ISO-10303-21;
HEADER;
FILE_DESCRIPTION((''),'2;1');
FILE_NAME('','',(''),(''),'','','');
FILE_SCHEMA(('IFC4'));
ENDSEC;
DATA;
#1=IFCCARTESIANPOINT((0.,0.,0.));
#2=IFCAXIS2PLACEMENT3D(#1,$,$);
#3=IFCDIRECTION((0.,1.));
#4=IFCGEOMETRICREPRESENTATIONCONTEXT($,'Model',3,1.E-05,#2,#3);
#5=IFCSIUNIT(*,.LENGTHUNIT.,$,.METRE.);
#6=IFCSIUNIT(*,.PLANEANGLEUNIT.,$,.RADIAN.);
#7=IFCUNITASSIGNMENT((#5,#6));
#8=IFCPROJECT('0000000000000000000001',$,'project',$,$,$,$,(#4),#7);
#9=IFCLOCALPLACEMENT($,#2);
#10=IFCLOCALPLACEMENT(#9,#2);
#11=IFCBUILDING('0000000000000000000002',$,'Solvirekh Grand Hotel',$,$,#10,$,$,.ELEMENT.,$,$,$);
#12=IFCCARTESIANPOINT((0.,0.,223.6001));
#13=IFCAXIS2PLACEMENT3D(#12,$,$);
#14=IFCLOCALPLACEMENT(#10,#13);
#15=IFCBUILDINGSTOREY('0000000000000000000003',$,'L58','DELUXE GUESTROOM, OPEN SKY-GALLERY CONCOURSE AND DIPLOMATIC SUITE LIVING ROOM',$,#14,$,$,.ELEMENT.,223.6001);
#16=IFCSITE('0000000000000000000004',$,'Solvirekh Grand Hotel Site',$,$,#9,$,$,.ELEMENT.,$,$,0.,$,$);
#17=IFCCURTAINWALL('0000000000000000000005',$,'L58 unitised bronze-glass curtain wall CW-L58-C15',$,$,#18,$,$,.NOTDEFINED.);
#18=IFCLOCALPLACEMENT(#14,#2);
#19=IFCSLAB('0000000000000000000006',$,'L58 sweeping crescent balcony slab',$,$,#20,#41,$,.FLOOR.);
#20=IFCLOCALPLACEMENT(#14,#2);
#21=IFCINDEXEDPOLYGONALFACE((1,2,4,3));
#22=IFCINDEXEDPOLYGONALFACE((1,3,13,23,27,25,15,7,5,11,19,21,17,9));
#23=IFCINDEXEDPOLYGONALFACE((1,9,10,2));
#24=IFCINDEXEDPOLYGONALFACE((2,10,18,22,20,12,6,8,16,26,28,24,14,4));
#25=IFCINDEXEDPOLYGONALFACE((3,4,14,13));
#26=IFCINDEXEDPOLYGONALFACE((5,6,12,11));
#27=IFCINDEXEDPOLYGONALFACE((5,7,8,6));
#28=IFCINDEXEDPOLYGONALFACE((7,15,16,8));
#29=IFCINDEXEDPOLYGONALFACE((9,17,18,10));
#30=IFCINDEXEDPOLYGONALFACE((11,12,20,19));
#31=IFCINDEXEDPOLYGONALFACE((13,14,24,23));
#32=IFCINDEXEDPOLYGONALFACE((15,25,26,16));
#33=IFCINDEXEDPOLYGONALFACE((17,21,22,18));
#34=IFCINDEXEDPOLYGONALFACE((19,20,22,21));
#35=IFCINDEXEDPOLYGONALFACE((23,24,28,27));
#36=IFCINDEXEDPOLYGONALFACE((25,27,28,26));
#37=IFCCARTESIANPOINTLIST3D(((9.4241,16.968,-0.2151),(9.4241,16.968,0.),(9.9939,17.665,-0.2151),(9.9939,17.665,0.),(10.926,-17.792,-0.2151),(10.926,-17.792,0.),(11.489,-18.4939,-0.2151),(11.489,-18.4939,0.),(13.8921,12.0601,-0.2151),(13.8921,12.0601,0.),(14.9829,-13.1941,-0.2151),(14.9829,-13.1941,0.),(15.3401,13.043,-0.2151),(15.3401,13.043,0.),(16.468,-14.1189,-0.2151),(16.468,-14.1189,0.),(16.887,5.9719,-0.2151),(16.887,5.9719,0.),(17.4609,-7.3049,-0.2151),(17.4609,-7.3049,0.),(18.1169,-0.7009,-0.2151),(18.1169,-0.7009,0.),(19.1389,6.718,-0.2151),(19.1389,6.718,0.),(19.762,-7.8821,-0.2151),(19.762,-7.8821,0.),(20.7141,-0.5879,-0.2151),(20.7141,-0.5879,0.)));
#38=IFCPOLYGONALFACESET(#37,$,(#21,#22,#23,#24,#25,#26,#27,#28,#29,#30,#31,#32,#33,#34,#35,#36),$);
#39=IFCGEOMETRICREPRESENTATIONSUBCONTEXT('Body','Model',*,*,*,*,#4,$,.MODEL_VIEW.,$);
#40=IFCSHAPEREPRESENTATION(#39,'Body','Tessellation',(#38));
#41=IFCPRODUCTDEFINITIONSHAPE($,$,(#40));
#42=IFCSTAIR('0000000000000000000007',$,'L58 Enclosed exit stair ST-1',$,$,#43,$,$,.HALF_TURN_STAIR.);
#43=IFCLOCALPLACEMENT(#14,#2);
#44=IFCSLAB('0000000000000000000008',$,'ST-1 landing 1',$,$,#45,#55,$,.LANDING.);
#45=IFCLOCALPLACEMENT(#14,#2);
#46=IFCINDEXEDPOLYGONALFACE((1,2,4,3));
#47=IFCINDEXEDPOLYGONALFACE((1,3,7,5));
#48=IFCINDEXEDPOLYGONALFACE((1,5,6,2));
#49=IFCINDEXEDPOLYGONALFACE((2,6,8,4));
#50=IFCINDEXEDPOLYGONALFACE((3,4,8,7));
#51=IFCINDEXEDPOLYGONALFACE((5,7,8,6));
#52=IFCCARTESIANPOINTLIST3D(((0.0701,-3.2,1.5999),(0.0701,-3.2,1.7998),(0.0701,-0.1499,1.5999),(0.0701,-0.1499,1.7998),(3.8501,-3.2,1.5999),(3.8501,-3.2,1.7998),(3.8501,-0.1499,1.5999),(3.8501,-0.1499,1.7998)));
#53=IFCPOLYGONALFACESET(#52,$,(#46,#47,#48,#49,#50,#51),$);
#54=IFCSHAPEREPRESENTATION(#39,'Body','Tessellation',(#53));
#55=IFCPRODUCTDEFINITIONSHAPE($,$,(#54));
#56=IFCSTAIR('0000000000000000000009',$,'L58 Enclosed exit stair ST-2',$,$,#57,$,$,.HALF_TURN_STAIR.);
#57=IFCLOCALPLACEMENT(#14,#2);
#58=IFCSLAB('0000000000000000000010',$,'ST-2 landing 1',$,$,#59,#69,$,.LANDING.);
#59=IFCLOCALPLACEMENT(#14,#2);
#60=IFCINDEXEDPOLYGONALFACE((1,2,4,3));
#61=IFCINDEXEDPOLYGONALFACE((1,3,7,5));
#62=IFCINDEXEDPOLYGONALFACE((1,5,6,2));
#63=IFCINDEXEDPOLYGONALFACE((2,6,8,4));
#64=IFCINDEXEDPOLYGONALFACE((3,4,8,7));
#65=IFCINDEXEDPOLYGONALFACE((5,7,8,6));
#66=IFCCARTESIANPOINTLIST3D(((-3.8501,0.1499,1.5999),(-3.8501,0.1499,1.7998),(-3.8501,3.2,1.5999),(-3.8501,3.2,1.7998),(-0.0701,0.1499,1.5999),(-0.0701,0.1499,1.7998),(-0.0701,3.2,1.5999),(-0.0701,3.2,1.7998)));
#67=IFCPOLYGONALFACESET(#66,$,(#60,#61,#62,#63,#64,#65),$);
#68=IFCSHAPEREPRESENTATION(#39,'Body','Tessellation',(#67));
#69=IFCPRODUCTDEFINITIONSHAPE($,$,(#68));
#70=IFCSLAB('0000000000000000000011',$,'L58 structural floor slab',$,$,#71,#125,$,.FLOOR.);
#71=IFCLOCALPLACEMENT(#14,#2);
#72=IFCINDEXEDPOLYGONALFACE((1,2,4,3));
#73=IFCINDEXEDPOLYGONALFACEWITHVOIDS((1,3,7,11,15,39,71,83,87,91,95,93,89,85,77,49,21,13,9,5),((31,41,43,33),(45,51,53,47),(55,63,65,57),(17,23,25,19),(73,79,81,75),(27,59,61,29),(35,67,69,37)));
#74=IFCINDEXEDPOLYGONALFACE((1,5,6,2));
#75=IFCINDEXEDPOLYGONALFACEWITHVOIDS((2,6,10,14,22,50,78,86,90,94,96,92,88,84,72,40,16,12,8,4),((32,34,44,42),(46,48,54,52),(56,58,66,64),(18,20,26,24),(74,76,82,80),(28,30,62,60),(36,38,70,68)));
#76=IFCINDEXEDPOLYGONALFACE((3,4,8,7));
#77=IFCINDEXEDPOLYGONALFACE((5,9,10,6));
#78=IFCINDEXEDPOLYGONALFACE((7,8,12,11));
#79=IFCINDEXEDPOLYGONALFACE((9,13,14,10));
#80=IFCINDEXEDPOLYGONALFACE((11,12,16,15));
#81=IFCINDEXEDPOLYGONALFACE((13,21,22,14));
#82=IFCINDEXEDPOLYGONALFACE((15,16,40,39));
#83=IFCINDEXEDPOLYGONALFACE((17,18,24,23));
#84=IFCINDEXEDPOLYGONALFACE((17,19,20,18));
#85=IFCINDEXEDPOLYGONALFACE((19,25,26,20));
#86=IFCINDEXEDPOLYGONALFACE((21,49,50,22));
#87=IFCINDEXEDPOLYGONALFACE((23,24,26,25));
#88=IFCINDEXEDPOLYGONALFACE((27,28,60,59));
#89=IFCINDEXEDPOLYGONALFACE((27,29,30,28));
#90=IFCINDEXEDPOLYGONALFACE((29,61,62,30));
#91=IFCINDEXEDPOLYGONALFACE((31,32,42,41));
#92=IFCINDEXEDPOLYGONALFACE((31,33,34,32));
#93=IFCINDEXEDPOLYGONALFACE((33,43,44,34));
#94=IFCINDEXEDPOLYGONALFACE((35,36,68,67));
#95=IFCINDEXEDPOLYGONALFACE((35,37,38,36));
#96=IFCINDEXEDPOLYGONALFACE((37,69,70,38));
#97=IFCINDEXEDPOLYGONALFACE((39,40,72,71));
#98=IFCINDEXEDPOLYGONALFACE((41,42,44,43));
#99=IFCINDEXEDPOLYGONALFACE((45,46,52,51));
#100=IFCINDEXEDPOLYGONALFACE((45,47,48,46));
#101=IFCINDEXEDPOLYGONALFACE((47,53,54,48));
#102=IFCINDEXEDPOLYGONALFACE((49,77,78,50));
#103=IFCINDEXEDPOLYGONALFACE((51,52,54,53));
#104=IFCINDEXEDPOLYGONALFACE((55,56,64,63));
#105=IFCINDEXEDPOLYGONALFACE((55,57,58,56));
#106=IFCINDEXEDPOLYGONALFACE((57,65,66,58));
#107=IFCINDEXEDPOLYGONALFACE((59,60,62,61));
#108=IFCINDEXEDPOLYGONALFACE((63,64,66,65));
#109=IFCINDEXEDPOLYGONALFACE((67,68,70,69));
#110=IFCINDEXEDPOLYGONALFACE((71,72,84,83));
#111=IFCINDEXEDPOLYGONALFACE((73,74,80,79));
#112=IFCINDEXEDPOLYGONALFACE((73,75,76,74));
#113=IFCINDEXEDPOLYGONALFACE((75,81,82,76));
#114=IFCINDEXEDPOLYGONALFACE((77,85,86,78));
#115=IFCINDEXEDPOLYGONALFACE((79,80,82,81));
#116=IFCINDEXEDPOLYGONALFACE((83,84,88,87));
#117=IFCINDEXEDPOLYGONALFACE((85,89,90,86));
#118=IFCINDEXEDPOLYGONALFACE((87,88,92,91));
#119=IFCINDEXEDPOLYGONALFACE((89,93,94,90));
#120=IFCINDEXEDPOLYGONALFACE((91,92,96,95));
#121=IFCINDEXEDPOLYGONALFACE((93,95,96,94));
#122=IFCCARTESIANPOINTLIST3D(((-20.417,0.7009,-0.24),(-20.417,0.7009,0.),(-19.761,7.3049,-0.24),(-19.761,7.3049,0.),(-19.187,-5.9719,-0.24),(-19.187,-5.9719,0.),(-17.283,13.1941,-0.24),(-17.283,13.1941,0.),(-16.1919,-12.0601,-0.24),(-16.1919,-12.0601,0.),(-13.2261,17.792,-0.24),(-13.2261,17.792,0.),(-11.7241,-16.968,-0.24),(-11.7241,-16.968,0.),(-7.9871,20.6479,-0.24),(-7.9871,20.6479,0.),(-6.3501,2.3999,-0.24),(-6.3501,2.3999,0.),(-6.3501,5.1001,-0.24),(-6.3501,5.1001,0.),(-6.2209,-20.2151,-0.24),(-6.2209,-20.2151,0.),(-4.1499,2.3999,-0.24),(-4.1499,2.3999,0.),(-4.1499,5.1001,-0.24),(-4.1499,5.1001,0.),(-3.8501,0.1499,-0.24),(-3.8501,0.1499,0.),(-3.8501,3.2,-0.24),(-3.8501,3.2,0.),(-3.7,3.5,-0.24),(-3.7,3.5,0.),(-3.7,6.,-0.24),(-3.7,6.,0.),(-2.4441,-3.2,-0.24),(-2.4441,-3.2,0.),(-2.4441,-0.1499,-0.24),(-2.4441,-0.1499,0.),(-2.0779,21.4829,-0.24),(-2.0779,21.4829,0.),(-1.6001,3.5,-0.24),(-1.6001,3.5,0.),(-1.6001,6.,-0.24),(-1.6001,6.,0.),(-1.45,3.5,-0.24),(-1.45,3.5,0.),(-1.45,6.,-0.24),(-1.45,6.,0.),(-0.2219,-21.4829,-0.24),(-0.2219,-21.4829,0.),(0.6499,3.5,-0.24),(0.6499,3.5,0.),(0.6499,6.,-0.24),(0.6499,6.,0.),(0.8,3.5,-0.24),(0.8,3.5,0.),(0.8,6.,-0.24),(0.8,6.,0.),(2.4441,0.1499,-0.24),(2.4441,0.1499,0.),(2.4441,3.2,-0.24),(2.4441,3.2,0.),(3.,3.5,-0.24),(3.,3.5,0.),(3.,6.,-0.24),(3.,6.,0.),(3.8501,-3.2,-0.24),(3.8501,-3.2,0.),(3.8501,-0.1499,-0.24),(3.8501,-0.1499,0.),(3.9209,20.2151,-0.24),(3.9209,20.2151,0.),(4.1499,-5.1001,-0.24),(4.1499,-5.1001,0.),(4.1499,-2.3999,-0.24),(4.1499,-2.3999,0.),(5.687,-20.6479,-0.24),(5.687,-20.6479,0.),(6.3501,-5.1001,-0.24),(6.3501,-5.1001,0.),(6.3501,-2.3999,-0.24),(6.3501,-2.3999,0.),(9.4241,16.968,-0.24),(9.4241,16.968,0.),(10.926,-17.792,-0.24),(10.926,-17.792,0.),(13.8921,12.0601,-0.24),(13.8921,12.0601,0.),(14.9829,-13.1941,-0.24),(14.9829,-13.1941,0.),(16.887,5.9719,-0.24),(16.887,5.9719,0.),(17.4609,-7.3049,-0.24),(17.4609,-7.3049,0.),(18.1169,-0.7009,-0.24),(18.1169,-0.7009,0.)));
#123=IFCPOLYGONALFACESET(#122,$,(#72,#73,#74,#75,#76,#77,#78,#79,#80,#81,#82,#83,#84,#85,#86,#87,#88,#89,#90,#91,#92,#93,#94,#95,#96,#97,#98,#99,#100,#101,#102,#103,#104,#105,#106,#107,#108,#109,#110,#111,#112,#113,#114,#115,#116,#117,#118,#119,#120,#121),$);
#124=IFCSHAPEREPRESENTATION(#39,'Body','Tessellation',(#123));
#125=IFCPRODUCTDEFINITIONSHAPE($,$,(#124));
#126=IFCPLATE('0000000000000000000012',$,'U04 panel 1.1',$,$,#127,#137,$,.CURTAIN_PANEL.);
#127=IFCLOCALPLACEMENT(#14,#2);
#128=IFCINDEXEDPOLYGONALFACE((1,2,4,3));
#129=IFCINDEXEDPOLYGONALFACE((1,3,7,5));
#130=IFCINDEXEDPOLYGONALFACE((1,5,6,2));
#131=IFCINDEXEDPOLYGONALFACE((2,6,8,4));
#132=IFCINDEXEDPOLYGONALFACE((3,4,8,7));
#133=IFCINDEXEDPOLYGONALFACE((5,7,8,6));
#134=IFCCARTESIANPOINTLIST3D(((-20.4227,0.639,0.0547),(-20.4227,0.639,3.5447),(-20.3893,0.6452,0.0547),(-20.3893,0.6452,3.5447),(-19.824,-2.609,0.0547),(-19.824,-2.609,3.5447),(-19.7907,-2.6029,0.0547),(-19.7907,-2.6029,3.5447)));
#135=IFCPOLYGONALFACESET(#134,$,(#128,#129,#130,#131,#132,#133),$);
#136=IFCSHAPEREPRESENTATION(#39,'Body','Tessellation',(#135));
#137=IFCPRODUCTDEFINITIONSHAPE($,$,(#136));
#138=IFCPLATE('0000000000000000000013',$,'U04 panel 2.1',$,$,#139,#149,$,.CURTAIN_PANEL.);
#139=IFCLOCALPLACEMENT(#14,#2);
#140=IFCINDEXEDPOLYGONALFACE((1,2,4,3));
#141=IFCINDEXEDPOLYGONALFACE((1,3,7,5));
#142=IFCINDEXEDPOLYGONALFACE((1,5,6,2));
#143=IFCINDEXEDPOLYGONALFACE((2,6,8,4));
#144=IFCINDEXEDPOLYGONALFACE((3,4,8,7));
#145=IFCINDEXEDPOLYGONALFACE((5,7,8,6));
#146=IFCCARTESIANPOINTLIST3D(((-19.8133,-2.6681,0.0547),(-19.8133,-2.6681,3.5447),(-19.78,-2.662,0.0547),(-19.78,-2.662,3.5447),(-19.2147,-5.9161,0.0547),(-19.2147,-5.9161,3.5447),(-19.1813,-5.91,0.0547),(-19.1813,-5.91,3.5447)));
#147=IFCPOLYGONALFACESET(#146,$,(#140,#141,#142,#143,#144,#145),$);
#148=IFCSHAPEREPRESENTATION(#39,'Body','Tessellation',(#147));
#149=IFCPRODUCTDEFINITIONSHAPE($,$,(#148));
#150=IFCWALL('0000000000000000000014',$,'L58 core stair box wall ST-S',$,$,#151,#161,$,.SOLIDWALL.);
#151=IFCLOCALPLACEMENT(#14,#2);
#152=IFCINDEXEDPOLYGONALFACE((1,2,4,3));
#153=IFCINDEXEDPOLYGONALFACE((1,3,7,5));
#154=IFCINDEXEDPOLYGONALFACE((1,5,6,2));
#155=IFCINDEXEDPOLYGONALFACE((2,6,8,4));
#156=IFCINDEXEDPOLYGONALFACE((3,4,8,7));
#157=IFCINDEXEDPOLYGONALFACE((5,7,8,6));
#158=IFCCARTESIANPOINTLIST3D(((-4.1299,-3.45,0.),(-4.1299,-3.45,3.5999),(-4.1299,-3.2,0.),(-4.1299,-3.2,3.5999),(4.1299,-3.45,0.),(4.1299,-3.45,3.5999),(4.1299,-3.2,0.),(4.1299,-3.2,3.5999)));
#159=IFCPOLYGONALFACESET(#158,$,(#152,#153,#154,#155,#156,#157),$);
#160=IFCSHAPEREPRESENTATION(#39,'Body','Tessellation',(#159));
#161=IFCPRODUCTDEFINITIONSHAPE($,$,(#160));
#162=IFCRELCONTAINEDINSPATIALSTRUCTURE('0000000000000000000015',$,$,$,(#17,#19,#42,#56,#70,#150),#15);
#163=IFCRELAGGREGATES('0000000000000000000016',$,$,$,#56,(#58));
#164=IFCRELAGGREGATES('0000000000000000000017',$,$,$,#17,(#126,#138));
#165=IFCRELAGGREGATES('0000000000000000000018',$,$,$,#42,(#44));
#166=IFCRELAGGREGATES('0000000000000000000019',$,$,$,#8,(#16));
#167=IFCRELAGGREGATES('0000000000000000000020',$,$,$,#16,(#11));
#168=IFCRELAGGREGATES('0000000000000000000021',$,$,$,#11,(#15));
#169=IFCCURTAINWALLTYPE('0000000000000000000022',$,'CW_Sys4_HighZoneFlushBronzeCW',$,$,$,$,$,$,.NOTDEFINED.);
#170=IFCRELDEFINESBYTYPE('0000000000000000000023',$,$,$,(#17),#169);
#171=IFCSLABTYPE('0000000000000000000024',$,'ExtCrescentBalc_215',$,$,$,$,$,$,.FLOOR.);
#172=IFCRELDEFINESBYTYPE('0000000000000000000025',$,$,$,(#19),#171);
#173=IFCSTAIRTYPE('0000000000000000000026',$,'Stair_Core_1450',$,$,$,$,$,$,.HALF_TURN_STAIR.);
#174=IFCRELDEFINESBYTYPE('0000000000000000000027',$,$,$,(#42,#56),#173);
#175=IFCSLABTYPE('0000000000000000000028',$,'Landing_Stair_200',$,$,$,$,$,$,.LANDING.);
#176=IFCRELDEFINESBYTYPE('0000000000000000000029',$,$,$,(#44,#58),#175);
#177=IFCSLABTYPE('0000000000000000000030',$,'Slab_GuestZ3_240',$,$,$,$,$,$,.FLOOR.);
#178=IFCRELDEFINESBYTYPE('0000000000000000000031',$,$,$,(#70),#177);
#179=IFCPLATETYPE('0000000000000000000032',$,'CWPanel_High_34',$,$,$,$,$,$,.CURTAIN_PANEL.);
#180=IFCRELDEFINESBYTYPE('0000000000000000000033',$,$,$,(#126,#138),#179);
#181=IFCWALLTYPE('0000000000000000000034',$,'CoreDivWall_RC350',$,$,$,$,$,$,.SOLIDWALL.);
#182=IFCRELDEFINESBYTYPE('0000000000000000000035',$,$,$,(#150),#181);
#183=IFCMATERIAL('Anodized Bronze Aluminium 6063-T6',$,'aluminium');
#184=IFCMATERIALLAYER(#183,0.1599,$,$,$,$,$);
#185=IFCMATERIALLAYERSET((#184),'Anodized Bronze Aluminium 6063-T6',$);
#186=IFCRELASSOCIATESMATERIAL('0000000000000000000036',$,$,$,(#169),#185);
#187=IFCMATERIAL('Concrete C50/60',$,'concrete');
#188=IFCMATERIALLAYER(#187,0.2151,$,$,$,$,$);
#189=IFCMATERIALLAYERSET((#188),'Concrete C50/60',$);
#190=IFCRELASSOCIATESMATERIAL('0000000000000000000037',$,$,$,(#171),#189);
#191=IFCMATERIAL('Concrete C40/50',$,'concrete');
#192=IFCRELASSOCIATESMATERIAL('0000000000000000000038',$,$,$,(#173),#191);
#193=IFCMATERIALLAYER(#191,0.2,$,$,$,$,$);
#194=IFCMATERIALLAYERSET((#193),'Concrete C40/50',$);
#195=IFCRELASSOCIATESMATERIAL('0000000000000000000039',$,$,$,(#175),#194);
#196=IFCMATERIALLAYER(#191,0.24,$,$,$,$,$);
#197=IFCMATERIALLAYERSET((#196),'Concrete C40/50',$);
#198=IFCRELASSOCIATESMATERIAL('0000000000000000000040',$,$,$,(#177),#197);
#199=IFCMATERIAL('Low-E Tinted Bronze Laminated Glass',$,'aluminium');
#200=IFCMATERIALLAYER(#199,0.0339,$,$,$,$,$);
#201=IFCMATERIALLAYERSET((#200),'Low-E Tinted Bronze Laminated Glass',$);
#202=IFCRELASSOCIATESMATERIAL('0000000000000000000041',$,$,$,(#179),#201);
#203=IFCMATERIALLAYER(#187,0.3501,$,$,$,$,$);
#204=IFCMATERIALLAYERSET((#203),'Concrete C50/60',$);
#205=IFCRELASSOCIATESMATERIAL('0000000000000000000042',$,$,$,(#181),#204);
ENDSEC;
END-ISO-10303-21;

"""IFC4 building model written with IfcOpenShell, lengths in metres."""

from ifc_helpers import new_model, si_unit, direction, frame, frame_2d, origin, origin_2d, place, context, subcontext, project, spatial, polyline, rectangle, outline, extrude, source, transform, mapped, material, layer, layer_set, type_object, element, aggregate, save


model = new_model("IFC4")

# Units and contexts
model_context = context("Model", 3, precision=1e-05, world=origin(), true_north=direction((0.0, 1.0)))
body_context = subcontext(model_context, "Body", "Model", "MODEL_VIEW")
ifc_project = project(units=[si_unit("LENGTHUNIT", "METRE"), si_unit("PLANEANGLEUNIT", "RADIAN")], contexts=[model_context])

# Site, building, storey
site_placement = place(None, origin())
site = spatial("IfcSite", under=ifc_project, at=site_placement, Name="Solvirekh Grand Hotel Site", CompositionType="ELEMENT", RefElevation=0.0)
building_placement = place(site_placement, origin())
building = spatial("IfcBuilding", under=site, at=building_placement, Name="Solvirekh Grand Hotel", CompositionType="ELEMENT")
storey_placement = place(building_placement, frame((0.0, 0.0, 223.6001)))
storey = spatial("IfcBuildingStorey", under=building, at=storey_placement, Name="L58", Description="DELUXE GUESTROOM, OPEN SKY-GALLERY CONCOURSE AND DIPLOMATIC SUITE LIVING ROOM", CompositionType="ELEMENT", Elevation=223.6001)

# Shared definitions
ifc_material_1 = material(Name="Concrete C50/60", Category="concrete")

# Curtain wall
ifc_material_2 = material(Name="Anodized Bronze Aluminium 6063-T6", Category="aluminium")
ifc_layer_1 = layer(ifc_material_2, 0.1599)
ifc_layer_set_1 = layer_set([ifc_layer_1], Name="Anodized Bronze Aluminium 6063-T6")
curtain_wall_type = type_object("IfcCurtainWallType", Name="CW_Sys4_HighZoneFlushBronzeCW", PredefinedType="NOTDEFINED", material=ifc_layer_set_1)
curtain_wall_placement = place(storey_placement, origin())
curtain_wall = element("IfcCurtainWall", 1, at=curtain_wall_placement, inside=storey, type_object=curtain_wall_type, Name="L58 unitised bronze-glass curtain wall CW-L58-C15", PredefinedType="NOTDEFINED")

# Slab
ifc_layer_2 = layer(ifc_material_1, 0.2151)
ifc_layer_set_2 = layer_set([ifc_layer_2], Name="Concrete C50/60")
slab_type_1 = type_object("IfcSlabType", Name="ExtCrescentBalc_215", PredefinedType="FLOOR", material=ifc_layer_set_2)
slab_1_placement = place(storey_placement, frame((0.0, 0.0, -0.2151)))
element("IfcSlab", 2, at=slab_1_placement, inside=storey, type_object=slab_type_1, Name="L58 sweeping crescent balcony slab", PredefinedType="FLOOR", context=body_context, shape_type="SweptSolid", body=[
    extrude(outline(polyline([(11.489, -18.4939), (16.468, -14.1189), (19.762, -7.8821), (20.7141, -0.5879), (19.1389, 6.718), (15.3401, 13.043), (9.9939, 17.665), (9.4241, 16.968), (13.8921, 12.0601), (16.887, 5.9719), (18.1169, -0.7009), (17.4609, -7.3049), (14.9829, -13.1941), (10.926, -17.792), (11.489, -18.4939)])), origin(), (0.0, 0.0, 1.0), 0.2151),
])

# Stairs, slabs
ifc_material_3 = material(Name="Concrete C40/50", Category="concrete")
stair_type = type_object("IfcStairType", Name="Stair_Core_1450", PredefinedType="HALF_TURN_STAIR", material=ifc_material_3)
stair_1_placement = place(storey_placement, origin())
stair_1 = element("IfcStair", 3, at=stair_1_placement, inside=storey, type_object=stair_type, Name="L58 Enclosed exit stair ST-1", PredefinedType="HALF_TURN_STAIR")
ifc_layer_3 = layer(ifc_material_3, 0.2)
ifc_layer_set_3 = layer_set([ifc_layer_3], Name="Concrete C40/50")
slab_type_2 = type_object("IfcSlabType", Name="Landing_Stair_200", PredefinedType="LANDING", material=ifc_layer_set_3)
slab_2_placement = place(storey_placement, frame((0.0, 0.0, 1.5999)))
slab_2 = element("IfcSlab", 4, at=slab_2_placement, type_object=slab_type_2, Name="ST-1 landing 1", PredefinedType="LANDING", context=body_context, shape_type="SweptSolid", body=[
    extrude(outline(polyline([(0.0701, -3.2), (3.8501, -3.2), (3.8501, -0.1499), (0.0701, -0.1499), (0.0701, -3.2)])), origin(), (0.0, 0.0, 1.0), 0.2),
])
stair_2_placement = place(storey_placement, origin())
stair_2 = element("IfcStair", 5, at=stair_2_placement, inside=storey, type_object=stair_type, Name="L58 Enclosed exit stair ST-2", PredefinedType="HALF_TURN_STAIR")
slab_3_placement = place(storey_placement, frame((0.0, 0.0, 1.5999)))
slab_3 = element("IfcSlab", 6, at=slab_3_placement, type_object=slab_type_2, Name="ST-2 landing 1", PredefinedType="LANDING", context=body_context, shape_type="SweptSolid", body=[
    extrude(outline(polyline([(-0.0701, 3.2), (-3.8501, 3.2), (-3.8501, 0.1499), (-0.0701, 0.1499), (-0.0701, 3.2)])), origin(), (0.0, 0.0, 1.0), 0.2),
])
aggregate(stair_2, [slab_3])

# Slab
ifc_layer_4 = layer(ifc_material_3, 0.24)
ifc_layer_set_4 = layer_set([ifc_layer_4], Name="Concrete C40/50")
slab_type_3 = type_object("IfcSlabType", Name="Slab_GuestZ3_240", PredefinedType="FLOOR", material=ifc_layer_set_4)
slab_4_placement = place(storey_placement, frame((0.0, 0.0, -0.24)))
element("IfcSlab", 7, at=slab_4_placement, inside=storey, type_object=slab_type_3, Name="L58 structural floor slab", PredefinedType="FLOOR", context=body_context, shape_type="SweptSolid", body=[
    extrude(outline(polyline([(5.687, -20.6479), (10.926, -17.792), (14.9829, -13.1941), (17.4609, -7.3049), (18.1169, -0.7009), (16.887, 5.9719), (13.8921, 12.0601), (9.4241, 16.968), (3.9209, 20.2151), (-2.0779, 21.4829), (-7.9871, 20.6479), (-13.2261, 17.792), (-17.283, 13.1941), (-19.761, 7.3049), (-20.417, 0.7009), (-19.187, -5.9719), (-16.1919, -12.0601), (-11.7241, -16.968), (-6.2209, -20.2151), (-0.2219, -21.4829), (5.687, -20.6479)]), holes=[polyline([(-2.4441, -0.1499), (3.8501, -0.1499), (3.8501, -3.2), (-2.4441, -3.2), (-2.4441, -0.1499)]), polyline([(2.4441, 0.1499), (-3.8501, 0.1499), (-3.8501, 3.2), (2.4441, 3.2), (2.4441, 0.1499)]), polyline([(-3.7, 6.0), (-1.6001, 6.0), (-1.6001, 3.5), (-3.7, 3.5), (-3.7, 6.0)]), polyline([(-1.45, 6.0), (0.6499, 6.0), (0.6499, 3.5), (-1.45, 3.5), (-1.45, 6.0)]), polyline([(0.8, 6.0), (3.0, 6.0), (3.0, 3.5), (0.8, 3.5), (0.8, 6.0)]), polyline([(-6.3501, 5.1001), (-4.1499, 5.1001), (-4.1499, 2.3999), (-6.3501, 2.3999), (-6.3501, 5.1001)]), polyline([(4.1499, -2.3999), (6.3501, -2.3999), (6.3501, -5.1001), (4.1499, -5.1001), (4.1499, -2.3999)])]), origin(), (0.0, 0.0, 1.0), 0.24),
])

# Plates
ifc_material_4 = material(Name="Low-E Tinted Bronze Laminated Glass", Category="aluminium")
ifc_layer_5 = layer(ifc_material_4, 0.0339)
ifc_layer_set_5 = layer_set([ifc_layer_5], Name="Low-E Tinted Bronze Laminated Glass")
plate_type = type_object("IfcPlateType", Name="CWPanel_High_34", PredefinedType="CURTAIN_PANEL", material=ifc_layer_set_5)
shared_shape_1 = source(origin(), body_context, "Body", "SweptSolid", [
    extrude(rectangle(XDim=3.3027, YDim=0.0339, at=origin_2d()), origin(), (0.0, 0.0, 1.0), 3.49),
])
plate_1_placement = place(storey_placement, frame((-20.1067, -0.9819, 0.0547), z_axis=(0.0, 0.0, 1.0), x_axis=(0.181271, -0.983433, 0.0)))
plate_1 = element("IfcPlate", 8, at=plate_1_placement, type_object=plate_type, Name="U04 panel 1.1", PredefinedType="CURTAIN_PANEL", context=body_context, shape_type="MappedRepresentation", body=[
    mapped(shared_shape_1, transform((0.0, 0.0, 0.0), x_axis=(1.0, 0.0, 0.0), y_axis=(0.0, 1.0, 0.0), z_axis=(0.0, 0.0, 1.0), scale=1.0)),
])
plate_2_placement = place(storey_placement, frame((-19.4973, -4.2891, 0.0547), z_axis=(0.0, 0.0, 1.0), x_axis=(0.181271, -0.983433, 0.0)))
plate_2 = element("IfcPlate", 9, at=plate_2_placement, type_object=plate_type, Name="U04 panel 2.1", PredefinedType="CURTAIN_PANEL", context=body_context, shape_type="MappedRepresentation", body=[
    mapped(shared_shape_1, transform((0.0, 0.0, 0.0), x_axis=(1.0, 0.0, 0.0), y_axis=(0.0, 1.0, 0.0), z_axis=(0.0, 0.0, 1.0), scale=1.0)),
])
aggregate(curtain_wall, [plate_1, plate_2])

# Wall
ifc_layer_6 = layer(ifc_material_1, 0.3501)
ifc_layer_set_6 = layer_set([ifc_layer_6], Name="Concrete C50/60")
wall_type_1 = type_object("IfcWallType", Name="CoreDivWall_RC350", PredefinedType="SOLIDWALL", material=ifc_layer_set_6)
wall_1_placement = place(storey_placement, frame((-4.1299, -3.325, 0.0), z_axis=(0.0, 0.0, 1.0), x_axis=(1.0, 0.0, 0.0)))
element("IfcWall", 10, at=wall_1_placement, inside=storey, type_object=wall_type_1, Name="L58 core stair box wall ST-S", PredefinedType="SOLIDWALL", context=body_context, shape_type="SweptSolid", body=[
    extrude(rectangle(XDim=8.2598, YDim=0.25, at=frame_2d((4.1299, 0.0))), origin(), (0.0, 0.0, 1.0), 3.5999),
])

aggregate(stair_1, [slab_2])

save(model, "model.ifc")
